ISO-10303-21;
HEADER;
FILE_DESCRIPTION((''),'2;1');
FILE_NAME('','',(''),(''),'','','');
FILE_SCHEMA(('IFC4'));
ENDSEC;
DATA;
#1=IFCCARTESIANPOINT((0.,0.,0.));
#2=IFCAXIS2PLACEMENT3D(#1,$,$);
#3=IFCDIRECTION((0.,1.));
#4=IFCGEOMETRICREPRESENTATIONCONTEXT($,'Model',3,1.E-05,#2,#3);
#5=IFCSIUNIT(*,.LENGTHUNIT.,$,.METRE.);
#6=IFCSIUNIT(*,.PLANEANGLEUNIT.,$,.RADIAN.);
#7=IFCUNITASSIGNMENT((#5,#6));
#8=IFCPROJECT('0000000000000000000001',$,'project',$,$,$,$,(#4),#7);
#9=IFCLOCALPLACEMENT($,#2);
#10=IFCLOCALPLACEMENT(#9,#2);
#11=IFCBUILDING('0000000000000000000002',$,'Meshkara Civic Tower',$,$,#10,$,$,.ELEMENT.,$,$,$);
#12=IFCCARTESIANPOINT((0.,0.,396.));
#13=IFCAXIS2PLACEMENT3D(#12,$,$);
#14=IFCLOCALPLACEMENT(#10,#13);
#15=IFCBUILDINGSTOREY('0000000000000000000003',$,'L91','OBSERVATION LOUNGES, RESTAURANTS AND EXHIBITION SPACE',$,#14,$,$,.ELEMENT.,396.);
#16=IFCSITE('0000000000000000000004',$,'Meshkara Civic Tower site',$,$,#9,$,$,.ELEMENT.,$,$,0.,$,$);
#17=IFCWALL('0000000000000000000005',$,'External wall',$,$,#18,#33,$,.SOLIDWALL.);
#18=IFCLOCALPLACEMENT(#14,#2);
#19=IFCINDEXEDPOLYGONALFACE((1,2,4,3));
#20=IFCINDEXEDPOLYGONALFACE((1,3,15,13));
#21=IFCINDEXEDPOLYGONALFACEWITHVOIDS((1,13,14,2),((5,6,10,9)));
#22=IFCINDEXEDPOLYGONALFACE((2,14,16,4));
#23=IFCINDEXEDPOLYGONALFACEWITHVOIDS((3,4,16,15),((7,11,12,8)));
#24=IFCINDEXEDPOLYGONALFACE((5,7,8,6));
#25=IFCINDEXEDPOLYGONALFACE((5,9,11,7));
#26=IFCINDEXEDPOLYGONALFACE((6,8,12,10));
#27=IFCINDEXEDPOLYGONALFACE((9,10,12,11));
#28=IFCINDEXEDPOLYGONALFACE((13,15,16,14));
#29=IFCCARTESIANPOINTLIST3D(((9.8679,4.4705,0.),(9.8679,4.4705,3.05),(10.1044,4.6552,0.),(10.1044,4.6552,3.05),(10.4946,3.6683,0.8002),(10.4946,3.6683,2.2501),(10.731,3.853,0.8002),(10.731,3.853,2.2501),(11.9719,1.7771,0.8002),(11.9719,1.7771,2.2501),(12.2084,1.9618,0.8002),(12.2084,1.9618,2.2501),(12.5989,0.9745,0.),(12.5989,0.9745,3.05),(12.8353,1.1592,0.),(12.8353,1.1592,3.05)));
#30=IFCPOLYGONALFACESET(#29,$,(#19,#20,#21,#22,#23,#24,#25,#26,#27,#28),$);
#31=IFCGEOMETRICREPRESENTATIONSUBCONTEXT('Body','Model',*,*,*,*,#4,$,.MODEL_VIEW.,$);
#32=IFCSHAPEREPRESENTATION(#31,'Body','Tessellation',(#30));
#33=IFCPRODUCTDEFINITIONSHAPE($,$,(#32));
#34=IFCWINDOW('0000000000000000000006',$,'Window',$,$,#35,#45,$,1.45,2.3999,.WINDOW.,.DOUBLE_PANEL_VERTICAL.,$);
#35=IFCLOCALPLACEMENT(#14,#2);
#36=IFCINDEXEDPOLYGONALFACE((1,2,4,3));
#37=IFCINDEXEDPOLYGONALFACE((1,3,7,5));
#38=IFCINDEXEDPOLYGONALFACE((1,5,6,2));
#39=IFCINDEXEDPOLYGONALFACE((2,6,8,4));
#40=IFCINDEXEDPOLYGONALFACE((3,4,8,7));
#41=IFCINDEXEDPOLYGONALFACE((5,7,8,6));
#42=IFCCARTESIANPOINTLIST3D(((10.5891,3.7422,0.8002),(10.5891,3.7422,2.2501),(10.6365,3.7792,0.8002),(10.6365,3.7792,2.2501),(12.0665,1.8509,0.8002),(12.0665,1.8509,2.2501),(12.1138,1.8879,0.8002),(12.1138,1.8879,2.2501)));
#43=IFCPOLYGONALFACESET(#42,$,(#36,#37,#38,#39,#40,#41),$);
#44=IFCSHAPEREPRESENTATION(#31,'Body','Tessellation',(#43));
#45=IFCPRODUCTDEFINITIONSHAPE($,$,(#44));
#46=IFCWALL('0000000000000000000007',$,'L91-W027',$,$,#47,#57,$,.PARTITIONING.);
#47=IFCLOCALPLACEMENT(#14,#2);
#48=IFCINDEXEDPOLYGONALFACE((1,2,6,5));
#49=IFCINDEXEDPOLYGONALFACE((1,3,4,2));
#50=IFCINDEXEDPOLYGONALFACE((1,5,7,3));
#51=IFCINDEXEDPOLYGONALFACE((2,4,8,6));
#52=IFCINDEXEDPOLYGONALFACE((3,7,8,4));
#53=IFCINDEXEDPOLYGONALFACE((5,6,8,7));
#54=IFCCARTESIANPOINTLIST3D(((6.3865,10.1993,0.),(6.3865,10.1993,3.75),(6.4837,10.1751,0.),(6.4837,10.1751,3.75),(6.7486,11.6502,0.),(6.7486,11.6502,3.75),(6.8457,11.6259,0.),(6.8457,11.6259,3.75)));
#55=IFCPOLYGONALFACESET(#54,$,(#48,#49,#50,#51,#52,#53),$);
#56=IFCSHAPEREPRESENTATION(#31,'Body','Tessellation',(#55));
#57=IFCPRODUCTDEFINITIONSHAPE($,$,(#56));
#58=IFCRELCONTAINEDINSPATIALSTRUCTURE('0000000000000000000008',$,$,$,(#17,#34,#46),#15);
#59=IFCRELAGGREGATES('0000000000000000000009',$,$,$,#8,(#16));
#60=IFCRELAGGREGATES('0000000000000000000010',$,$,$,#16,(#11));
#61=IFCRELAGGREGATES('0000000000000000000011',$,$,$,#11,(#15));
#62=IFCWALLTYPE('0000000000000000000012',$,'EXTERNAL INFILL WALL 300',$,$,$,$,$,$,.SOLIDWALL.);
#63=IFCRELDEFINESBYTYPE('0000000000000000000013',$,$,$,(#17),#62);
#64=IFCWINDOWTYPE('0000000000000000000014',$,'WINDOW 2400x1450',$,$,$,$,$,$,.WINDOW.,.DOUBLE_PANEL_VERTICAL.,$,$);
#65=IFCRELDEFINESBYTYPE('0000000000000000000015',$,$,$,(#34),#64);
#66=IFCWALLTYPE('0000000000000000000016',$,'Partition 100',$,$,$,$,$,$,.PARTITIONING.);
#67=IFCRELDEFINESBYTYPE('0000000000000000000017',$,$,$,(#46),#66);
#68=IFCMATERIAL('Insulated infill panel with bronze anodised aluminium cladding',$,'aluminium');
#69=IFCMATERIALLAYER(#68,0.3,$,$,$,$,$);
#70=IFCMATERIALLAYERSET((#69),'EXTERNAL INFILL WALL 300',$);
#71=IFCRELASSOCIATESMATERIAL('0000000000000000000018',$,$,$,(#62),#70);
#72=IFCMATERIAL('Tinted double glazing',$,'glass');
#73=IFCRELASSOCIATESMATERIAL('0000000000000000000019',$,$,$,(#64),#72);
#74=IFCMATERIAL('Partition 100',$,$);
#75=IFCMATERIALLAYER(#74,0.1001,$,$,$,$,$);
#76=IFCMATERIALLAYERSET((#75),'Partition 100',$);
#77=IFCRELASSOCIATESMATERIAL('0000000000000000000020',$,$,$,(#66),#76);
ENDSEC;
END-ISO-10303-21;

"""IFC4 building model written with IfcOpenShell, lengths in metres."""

from ifc_helpers import new_model, si_unit, direction, frame, frame_2d, origin, place, context, subcontext, project, spatial, rectangle, extrude, material, layer, layer_set, type_object, element, fill, save


model = new_model("IFC4")

# Units and contexts
model_context = context("Model", 3, precision=1e-05, world=origin(), true_north=direction((0.0, 1.0)))
body_context = subcontext(model_context, "Body", "Model", "MODEL_VIEW")
ifc_project = project(units=[si_unit("LENGTHUNIT", "METRE"), si_unit("PLANEANGLEUNIT", "RADIAN")], contexts=[model_context])

# Site, building, storey
site_placement = place(None, origin())
site = spatial("IfcSite", under=ifc_project, at=site_placement, Name="Meshkara Civic Tower site", CompositionType="ELEMENT", RefElevation=0.0)
building_placement = place(site_placement, origin())
building = spatial("IfcBuilding", under=site, at=building_placement, Name="Meshkara Civic Tower", CompositionType="ELEMENT")
storey_placement = place(building_placement, frame((0.0, 0.0, 396.0)))
storey = spatial("IfcBuildingStorey", under=building, at=storey_placement, Name="L91", Description="OBSERVATION LOUNGES, RESTAURANTS AND EXHIBITION SPACE", CompositionType="ELEMENT", Elevation=396.0)

# Wall, opening, window
ifc_material_1 = material(Name="Insulated infill panel with bronze anodised aluminium cladding", Category="aluminium")
ifc_layer_1 = layer(ifc_material_1, 0.3)
ifc_layer_set_1 = layer_set([ifc_layer_1], Name="EXTERNAL INFILL WALL 300")
wall_type_1 = type_object("IfcWallType", Name="EXTERNAL INFILL WALL 300", PredefinedType="SOLIDWALL", material=ifc_layer_set_1)
ifc_material_2 = material(Name="Tinted double glazing", Category="glass")
window_type = type_object("IfcWindowType", Name="WINDOW 2400x1450", PartitioningType="DOUBLE_PANEL_VERTICAL", PredefinedType="WINDOW", material=ifc_material_2)
wall_1_placement = place(storey_placement, frame((9.9861, 4.563, 0.0), z_axis=(0.0, 0.0, 1.0), x_axis=(0.615593, -0.788064, 0.0)))
wall_1 = element("IfcWall", 1, at=wall_1_placement, inside=storey, type_object=wall_type_1, Name="External wall", PredefinedType="SOLIDWALL", context=body_context, shape_type="SweptSolid", body=[
    extrude(rectangle(XDim=4.4363, YDim=0.3, at=frame_2d((2.2183, 0.0))), origin(), (0.0, 0.0, 1.0), 3.05),
])
opening_1_placement = place(wall_1_placement, frame((1.0181, 0.0, 0.8)))
opening_1 = element("IfcOpeningElement", 2, at=opening_1_placement, cuts=wall_1, PredefinedType="OPENING", context=body_context, shape_type="SweptSolid", body=[
    extrude(rectangle(XDim=2.3999, YDim=1.45, at=frame_2d((1.2, 0.7251))), frame((0.0, 0.1599, 0.0), z_axis=(0.0, -1.0, 0.0), x_axis=(1.0, 0.0, 0.0)), (0.0, 0.0, 1.0), 0.3201),
])
window_1_placement = place(opening_1_placement, origin())
window_1 = element("IfcWindow", 3, at=window_1_placement, inside=storey, type_object=window_type, Name="Window", OverallHeight=1.45, OverallWidth=2.3999, PartitioningType="DOUBLE_PANEL_VERTICAL", PredefinedType="WINDOW", context=body_context, shape_type="SweptSolid", body=[
    extrude(rectangle(XDim=2.3999, YDim=1.45, at=frame_2d((1.2, 0.7251))), frame((0.0, 0.03, 0.0), z_axis=(0.0, -1.0, 0.0), x_axis=(1.0, 0.0, 0.0)), (0.0, 0.0, 1.0), 0.0601),
])
fill(opening_1, window_1)

# Wall
ifc_material_3 = material(Name="Partition 100")
ifc_layer_2 = layer(ifc_material_3, 0.1001)
ifc_layer_set_2 = layer_set([ifc_layer_2], Name="Partition 100")
wall_type_2 = type_object("IfcWallType", Name="Partition 100", PredefinedType="PARTITIONING", material=ifc_layer_set_2)
wall_2_placement = place(storey_placement, frame((6.7971, 11.6379, 0.0), z_axis=(0.0, 0.0, 1.0), x_axis=(-0.242113, -0.970248, 0.0)))
element("IfcWall", 4, at=wall_2_placement, inside=storey, type_object=wall_type_2, Name="L91-W027", PredefinedType="PARTITIONING", context=body_context, shape_type="SweptSolid", body=[
    extrude(rectangle(XDim=1.4954, YDim=0.1001, at=frame_2d((0.7476, 0.0))), origin(), (0.0, 0.0, 1.0), 3.75),
])

save(model, "model.ifc")
